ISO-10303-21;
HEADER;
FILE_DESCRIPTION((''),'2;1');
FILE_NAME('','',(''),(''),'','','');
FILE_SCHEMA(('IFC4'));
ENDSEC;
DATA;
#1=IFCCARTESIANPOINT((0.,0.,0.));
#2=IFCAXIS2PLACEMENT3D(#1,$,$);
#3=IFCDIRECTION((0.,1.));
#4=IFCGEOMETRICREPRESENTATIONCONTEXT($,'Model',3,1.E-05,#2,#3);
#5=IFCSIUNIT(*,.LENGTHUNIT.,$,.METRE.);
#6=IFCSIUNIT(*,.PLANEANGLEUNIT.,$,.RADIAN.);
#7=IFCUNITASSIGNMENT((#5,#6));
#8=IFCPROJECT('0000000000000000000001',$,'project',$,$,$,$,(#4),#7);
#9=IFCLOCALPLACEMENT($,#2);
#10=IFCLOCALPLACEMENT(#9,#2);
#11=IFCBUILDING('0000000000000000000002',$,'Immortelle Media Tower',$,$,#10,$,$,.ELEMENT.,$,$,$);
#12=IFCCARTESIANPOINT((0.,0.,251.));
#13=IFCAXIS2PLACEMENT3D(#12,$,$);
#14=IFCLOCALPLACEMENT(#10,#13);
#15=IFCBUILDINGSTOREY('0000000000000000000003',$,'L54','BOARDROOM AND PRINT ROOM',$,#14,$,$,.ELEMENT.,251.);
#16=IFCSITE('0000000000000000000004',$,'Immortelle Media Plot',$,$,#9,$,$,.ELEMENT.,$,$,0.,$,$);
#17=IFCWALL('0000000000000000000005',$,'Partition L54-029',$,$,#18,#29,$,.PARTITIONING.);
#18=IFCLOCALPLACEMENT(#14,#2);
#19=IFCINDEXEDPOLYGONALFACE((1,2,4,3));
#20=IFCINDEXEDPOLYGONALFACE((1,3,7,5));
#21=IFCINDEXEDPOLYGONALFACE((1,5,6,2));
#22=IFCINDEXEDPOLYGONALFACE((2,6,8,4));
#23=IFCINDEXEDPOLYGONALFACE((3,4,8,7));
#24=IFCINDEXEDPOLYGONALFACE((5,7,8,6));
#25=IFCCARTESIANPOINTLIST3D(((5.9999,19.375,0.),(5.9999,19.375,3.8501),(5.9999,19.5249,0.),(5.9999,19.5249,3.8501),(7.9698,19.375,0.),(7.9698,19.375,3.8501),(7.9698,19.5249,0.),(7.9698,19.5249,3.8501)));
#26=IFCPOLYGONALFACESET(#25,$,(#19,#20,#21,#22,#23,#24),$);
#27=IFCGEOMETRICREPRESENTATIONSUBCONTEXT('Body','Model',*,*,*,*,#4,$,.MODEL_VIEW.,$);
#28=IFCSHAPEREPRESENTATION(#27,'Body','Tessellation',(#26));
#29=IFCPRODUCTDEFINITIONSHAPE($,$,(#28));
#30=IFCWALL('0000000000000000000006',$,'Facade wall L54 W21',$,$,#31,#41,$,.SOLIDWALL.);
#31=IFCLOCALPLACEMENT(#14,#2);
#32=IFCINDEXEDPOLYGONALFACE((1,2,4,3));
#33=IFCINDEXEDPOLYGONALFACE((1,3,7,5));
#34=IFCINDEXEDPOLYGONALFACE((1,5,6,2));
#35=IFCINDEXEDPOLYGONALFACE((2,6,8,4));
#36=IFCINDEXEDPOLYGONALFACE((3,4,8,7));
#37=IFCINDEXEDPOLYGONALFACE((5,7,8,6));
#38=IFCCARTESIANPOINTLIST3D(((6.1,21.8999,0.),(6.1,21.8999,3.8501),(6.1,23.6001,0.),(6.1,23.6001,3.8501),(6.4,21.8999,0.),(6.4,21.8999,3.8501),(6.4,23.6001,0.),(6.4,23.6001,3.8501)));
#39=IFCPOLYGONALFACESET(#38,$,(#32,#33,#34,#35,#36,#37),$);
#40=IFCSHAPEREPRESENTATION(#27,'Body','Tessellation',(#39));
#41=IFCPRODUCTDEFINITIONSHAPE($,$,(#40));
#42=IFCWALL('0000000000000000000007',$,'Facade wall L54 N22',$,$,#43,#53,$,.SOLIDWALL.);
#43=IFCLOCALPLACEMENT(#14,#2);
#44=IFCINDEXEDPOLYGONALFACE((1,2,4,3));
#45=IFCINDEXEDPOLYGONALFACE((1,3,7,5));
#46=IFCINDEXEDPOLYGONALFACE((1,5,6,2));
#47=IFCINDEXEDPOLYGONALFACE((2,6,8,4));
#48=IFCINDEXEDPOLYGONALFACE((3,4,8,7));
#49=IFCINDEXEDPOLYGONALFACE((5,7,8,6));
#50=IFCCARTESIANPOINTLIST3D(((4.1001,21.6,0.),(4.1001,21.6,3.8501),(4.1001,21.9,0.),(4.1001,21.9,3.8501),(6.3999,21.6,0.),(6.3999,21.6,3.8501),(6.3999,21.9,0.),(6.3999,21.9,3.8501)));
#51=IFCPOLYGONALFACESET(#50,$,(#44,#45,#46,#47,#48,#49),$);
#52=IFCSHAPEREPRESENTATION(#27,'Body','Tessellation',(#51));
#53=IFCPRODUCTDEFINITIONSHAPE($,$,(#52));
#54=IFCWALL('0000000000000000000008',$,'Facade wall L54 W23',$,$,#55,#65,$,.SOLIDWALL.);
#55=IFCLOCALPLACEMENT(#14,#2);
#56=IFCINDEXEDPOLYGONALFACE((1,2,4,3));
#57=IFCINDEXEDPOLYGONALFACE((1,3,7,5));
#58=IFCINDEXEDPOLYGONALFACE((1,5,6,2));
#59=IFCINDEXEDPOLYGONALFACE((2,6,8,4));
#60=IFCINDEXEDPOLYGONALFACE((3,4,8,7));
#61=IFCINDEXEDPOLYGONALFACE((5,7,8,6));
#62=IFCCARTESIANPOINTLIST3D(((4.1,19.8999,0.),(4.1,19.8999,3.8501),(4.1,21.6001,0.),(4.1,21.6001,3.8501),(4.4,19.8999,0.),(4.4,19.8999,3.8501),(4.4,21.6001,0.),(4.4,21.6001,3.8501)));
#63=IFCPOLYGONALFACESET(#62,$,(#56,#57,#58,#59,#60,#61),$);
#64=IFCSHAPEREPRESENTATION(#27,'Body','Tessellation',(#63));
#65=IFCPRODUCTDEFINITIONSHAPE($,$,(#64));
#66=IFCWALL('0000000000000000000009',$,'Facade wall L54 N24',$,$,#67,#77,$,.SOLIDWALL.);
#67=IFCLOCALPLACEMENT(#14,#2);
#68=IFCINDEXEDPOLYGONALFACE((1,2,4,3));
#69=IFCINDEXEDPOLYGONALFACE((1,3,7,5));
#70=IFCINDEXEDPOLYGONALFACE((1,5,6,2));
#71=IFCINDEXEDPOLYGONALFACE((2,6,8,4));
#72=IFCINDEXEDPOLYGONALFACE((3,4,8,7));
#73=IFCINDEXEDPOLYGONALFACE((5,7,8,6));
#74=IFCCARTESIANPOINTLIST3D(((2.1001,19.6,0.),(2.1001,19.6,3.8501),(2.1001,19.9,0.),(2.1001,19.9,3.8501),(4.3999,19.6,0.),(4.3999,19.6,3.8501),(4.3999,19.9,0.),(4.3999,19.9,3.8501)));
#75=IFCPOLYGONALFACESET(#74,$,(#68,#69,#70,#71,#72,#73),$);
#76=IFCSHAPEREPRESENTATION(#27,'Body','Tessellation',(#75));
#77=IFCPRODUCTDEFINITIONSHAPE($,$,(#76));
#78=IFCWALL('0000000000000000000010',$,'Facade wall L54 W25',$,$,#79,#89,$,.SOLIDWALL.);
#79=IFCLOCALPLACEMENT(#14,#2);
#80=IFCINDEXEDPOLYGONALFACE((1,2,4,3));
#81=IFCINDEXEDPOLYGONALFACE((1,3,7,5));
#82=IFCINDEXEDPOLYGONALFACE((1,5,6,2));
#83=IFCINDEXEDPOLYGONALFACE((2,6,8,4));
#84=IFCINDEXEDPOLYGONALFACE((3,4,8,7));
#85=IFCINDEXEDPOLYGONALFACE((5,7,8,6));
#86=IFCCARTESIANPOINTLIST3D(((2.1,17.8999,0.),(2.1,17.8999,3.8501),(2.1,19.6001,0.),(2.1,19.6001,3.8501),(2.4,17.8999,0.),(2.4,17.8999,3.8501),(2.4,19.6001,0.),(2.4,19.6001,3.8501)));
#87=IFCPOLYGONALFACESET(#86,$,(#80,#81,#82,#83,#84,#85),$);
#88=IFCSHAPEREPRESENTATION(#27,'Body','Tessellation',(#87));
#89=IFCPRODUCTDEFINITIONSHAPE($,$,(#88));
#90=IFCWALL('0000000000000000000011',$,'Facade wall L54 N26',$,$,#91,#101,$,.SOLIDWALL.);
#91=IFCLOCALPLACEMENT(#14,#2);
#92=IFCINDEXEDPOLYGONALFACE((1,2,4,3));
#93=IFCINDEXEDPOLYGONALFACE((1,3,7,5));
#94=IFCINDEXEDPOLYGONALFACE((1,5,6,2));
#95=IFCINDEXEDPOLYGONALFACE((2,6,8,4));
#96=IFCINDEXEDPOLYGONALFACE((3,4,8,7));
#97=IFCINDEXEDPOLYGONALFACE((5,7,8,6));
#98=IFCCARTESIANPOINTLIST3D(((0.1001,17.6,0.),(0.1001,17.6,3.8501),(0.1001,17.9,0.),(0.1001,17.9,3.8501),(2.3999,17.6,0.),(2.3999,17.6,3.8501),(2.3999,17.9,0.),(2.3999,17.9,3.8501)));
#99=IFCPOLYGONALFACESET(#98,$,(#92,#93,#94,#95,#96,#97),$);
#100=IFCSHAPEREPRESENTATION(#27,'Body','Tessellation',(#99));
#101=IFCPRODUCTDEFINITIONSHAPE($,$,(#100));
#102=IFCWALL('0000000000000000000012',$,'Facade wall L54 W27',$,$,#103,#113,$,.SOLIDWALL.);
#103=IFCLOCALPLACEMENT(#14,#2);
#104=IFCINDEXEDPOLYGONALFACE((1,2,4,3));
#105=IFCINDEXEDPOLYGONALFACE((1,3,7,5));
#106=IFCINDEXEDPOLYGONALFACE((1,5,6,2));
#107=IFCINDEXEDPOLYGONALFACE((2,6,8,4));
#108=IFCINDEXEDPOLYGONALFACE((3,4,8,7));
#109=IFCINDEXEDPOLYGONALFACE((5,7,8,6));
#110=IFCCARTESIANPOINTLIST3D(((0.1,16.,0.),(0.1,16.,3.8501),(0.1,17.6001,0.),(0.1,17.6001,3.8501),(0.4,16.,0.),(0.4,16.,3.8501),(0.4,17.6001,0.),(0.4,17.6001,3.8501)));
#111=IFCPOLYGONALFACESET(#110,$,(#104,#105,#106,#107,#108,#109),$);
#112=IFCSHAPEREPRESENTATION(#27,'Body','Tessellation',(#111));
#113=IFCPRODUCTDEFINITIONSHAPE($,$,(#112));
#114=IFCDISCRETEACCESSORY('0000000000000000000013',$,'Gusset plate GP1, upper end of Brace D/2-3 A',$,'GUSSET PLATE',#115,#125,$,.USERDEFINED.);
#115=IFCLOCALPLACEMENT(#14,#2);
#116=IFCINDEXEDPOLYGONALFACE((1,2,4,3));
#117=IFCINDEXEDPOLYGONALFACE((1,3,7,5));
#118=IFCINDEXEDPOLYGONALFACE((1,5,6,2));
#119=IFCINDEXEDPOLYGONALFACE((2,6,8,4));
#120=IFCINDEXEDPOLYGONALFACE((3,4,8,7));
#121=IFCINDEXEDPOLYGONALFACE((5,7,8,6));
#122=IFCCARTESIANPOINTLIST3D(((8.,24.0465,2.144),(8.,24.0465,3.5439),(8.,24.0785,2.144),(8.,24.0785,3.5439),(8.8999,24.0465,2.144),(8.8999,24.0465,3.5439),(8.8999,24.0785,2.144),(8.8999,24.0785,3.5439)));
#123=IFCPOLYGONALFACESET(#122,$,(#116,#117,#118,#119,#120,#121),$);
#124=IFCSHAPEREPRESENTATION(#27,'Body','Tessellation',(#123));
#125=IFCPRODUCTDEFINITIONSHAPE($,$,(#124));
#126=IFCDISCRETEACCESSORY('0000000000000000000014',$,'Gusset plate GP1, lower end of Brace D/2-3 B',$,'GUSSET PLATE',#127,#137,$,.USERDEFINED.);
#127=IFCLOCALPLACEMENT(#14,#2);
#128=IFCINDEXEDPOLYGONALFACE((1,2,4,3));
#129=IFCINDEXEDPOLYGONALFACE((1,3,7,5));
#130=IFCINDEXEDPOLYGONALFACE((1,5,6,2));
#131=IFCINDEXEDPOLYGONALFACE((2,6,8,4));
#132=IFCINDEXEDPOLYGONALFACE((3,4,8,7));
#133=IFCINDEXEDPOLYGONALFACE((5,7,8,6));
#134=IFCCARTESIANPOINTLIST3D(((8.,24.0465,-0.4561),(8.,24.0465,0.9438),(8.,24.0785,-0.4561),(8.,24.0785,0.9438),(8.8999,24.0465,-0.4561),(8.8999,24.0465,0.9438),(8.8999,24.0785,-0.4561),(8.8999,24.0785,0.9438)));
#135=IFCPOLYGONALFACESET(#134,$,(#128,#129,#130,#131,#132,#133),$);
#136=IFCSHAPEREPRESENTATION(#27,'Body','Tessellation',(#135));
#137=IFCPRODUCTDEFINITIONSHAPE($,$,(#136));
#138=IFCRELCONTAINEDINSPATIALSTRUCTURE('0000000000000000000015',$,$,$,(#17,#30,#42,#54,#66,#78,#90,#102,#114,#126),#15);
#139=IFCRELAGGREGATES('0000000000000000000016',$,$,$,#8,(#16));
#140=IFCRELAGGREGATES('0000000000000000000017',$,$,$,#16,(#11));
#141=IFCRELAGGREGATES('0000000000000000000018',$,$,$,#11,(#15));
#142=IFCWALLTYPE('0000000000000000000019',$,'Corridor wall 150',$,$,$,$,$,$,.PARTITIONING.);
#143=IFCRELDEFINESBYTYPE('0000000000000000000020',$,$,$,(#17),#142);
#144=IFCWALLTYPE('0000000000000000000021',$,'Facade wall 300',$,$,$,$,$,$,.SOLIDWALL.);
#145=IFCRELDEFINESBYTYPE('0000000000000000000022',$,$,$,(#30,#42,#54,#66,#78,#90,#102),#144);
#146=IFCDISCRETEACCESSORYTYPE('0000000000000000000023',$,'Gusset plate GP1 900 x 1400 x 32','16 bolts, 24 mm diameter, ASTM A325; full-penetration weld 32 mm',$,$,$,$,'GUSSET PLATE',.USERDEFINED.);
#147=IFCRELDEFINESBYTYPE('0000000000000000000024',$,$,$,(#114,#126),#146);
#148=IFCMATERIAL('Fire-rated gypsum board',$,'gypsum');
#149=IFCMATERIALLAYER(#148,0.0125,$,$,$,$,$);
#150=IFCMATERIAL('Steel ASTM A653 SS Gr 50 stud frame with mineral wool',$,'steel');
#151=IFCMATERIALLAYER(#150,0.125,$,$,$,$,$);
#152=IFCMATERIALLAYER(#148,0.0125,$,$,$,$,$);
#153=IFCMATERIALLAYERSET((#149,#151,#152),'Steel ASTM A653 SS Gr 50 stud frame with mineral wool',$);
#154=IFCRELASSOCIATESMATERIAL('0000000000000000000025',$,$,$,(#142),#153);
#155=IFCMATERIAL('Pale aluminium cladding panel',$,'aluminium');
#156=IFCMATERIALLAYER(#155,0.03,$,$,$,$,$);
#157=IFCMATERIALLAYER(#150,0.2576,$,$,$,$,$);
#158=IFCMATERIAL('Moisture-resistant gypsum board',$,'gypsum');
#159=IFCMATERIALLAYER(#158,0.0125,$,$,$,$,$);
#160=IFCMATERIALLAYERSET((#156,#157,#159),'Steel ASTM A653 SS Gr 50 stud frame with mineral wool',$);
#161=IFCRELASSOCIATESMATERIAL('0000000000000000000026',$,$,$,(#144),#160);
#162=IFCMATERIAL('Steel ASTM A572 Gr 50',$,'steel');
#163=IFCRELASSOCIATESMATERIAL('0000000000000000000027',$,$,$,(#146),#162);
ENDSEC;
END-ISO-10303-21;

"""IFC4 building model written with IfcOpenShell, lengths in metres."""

from ifc_helpers import new_model, si_unit, direction, frame, frame_2d, origin, origin_2d, place, context, subcontext, project, spatial, rectangle, extrude, material, layer, layer_set, material_profile, profile_set, type_object, element, save


model = new_model("IFC4")

# Units and contexts
model_context = context("Model", 3, precision=1e-05, world=origin(), true_north=direction((0.0, 1.0)))
body_context = subcontext(model_context, "Body", "Model", "MODEL_VIEW")
ifc_project = project(units=[si_unit("LENGTHUNIT", "METRE"), si_unit("PLANEANGLEUNIT", "RADIAN")], contexts=[model_context])

# Site, building, storey
site_placement = place(None, origin())
site = spatial("IfcSite", under=ifc_project, at=site_placement, Name="Immortelle Media Plot", CompositionType="ELEMENT", RefElevation=0.0)
building_placement = place(site_placement, origin())
building = spatial("IfcBuilding", under=site, at=building_placement, Name="Immortelle Media Tower", CompositionType="ELEMENT")
storey_placement = place(building_placement, frame((0.0, 0.0, 251.0)))
storey = spatial("IfcBuildingStorey", under=building, at=storey_placement, Name="L54", Description="BOARDROOM AND PRINT ROOM", CompositionType="ELEMENT", Elevation=251.0)

# Walls
ifc_material_1 = material(Name="Fire-rated gypsum board", Category="gypsum")
ifc_layer_1 = layer(ifc_material_1, 0.0125)
ifc_material_2 = material(Name="Steel ASTM A653 SS Gr 50 stud frame with mineral wool", Category="steel")
ifc_layer_2 = layer(ifc_material_2, 0.125)
ifc_layer_3 = layer(ifc_material_1, 0.0125)
ifc_layer_set_1 = layer_set([ifc_layer_1, ifc_layer_2, ifc_layer_3], Name="Steel ASTM A653 SS Gr 50 stud frame with mineral wool")
wall_type_1 = type_object("IfcWallType", Name="Corridor wall 150", PredefinedType="PARTITIONING", material=ifc_layer_set_1)
wall_1_placement = place(storey_placement, frame((6.0, 19.45, 0.0), z_axis=(0.0, 0.0, 1.0), x_axis=(1.0, 0.0, 0.0)))
element("IfcWall", 1, at=wall_1_placement, inside=storey, type_object=wall_type_1, Name="Partition L54-029", PredefinedType="PARTITIONING", context=body_context, shape_type="SweptSolid", body=[
    extrude(rectangle(XDim=1.97, YDim=0.1499, at=frame_2d((0.9849, 0.0))), origin(), (0.0, 0.0, 1.0), 3.8501),
])
ifc_material_3 = material(Name="Pale aluminium cladding panel", Category="aluminium")
ifc_layer_4 = layer(ifc_material_3, 0.03)
ifc_layer_5 = layer(ifc_material_2, 0.2576)
ifc_material_4 = material(Name="Moisture-resistant gypsum board", Category="gypsum")
ifc_layer_6 = layer(ifc_material_4, 0.0125)
ifc_layer_set_2 = layer_set([ifc_layer_4, ifc_layer_5, ifc_layer_6], Name="Steel ASTM A653 SS Gr 50 stud frame with mineral wool")
wall_type_2 = type_object("IfcWallType", Name="Facade wall 300", PredefinedType="SOLIDWALL", material=ifc_layer_set_2)
wall_2_placement = place(storey_placement, frame((6.25, 23.6001, 0.0), z_axis=(0.0, 0.0, 1.0), x_axis=(0.0, -1.0, 0.0)))
element("IfcWall", 2, at=wall_2_placement, inside=storey, type_object=wall_type_2, Name="Facade wall L54 W21", PredefinedType="SOLIDWALL", context=body_context, shape_type="SweptSolid", body=[
    extrude(rectangle(XDim=1.7002, YDim=0.3, at=frame_2d((0.8501, 0.0))), origin(), (0.0, 0.0, 1.0), 3.8501),
])
wall_3_placement = place(storey_placement, frame((6.3999, 21.75, 0.0), z_axis=(0.0, 0.0, 1.0), x_axis=(-1.0, 0.0, 0.0)))
element("IfcWall", 3, at=wall_3_placement, inside=storey, type_object=wall_type_2, Name="Facade wall L54 N22", PredefinedType="SOLIDWALL", context=body_context, shape_type="SweptSolid", body=[
    extrude(rectangle(XDim=2.2998, YDim=0.3, at=frame_2d((1.1499, 0.0))), origin(), (0.0, 0.0, 1.0), 3.8501),
])
wall_4_placement = place(storey_placement, frame((4.25, 21.6001, 0.0), z_axis=(0.0, 0.0, 1.0), x_axis=(0.0, -1.0, 0.0)))
element("IfcWall", 4, at=wall_4_placement, inside=storey, type_object=wall_type_2, Name="Facade wall L54 W23", PredefinedType="SOLIDWALL", context=body_context, shape_type="SweptSolid", body=[
    extrude(rectangle(XDim=1.7002, YDim=0.3, at=frame_2d((0.8501, 0.0))), origin(), (0.0, 0.0, 1.0), 3.8501),
])
wall_5_placement = place(storey_placement, frame((4.3999, 19.75, 0.0), z_axis=(0.0, 0.0, 1.0), x_axis=(-1.0, 0.0, 0.0)))
element("IfcWall", 5, at=wall_5_placement, inside=storey, type_object=wall_type_2, Name="Facade wall L54 N24", PredefinedType="SOLIDWALL", context=body_context, shape_type="SweptSolid", body=[
    extrude(rectangle(XDim=2.2998, YDim=0.3, at=frame_2d((1.1499, 0.0))), origin(), (0.0, 0.0, 1.0), 3.8501),
])
wall_6_placement = place(storey_placement, frame((2.25, 19.6001, 0.0), z_axis=(0.0, 0.0, 1.0), x_axis=(0.0, -1.0, 0.0)))
element("IfcWall", 6, at=wall_6_placement, inside=storey, type_object=wall_type_2, Name="Facade wall L54 W25", PredefinedType="SOLIDWALL", context=body_context, shape_type="SweptSolid", body=[
    extrude(rectangle(XDim=1.7002, YDim=0.3, at=frame_2d((0.8501, 0.0))), origin(), (0.0, 0.0, 1.0), 3.8501),
])
wall_7_placement = place(storey_placement, frame((2.3999, 17.75, 0.0), z_axis=(0.0, 0.0, 1.0), x_axis=(-1.0, 0.0, 0.0)))
element("IfcWall", 7, at=wall_7_placement, inside=storey, type_object=wall_type_2, Name="Facade wall L54 N26", PredefinedType="SOLIDWALL", context=body_context, shape_type="SweptSolid", body=[
    extrude(rectangle(XDim=2.2998, YDim=0.3, at=frame_2d((1.1499, 0.0))), origin(), (0.0, 0.0, 1.0), 3.8501),
])
wall_8_placement = place(storey_placement, frame((0.25, 17.6001, 0.0), z_axis=(0.0, 0.0, 1.0), x_axis=(0.0, -1.0, 0.0)))
element("IfcWall", 8, at=wall_8_placement, inside=storey, type_object=wall_type_2, Name="Facade wall L54 W27", PredefinedType="SOLIDWALL", context=body_context, shape_type="SweptSolid", body=[
    extrude(rectangle(XDim=1.6001, YDim=0.3, at=frame_2d((0.8, 0.0))), origin(), (0.0, 0.0, 1.0), 3.8501),
])

# Discrete accessories
ifc_material_5 = material(Name="Steel ASTM A572 Gr 50", Category="steel")
ifc_material_profile_1 = material_profile(ifc_material_5, rectangle(XDim=0.032, YDim=1.3999, at=origin_2d()), Name="PL 32 x 1400")
ifc_profile_set_1 = profile_set([ifc_material_profile_1], Name="Steel ASTM A572 Gr 50")
discrete_accessory_type = type_object("IfcDiscreteAccessoryType", Name="Gusset plate GP1 900 x 1400 x 32", Description="16 bolts, 24 mm diameter, ASTM A325; full-penetration weld 32 mm", ElementType="GUSSET PLATE", PredefinedType="USERDEFINED", material=ifc_profile_set_1)
for number, where, z_axis, x_axis, name in (
    (9, (8.0, 24.0625, 2.844), (1.0, 0.0, 0.0), (0.0, 1.0, 0.0), "Gusset plate GP1, upper end of Brace D/2-3 A"),
    (10, (8.0, 24.0625, 0.2439), (1.0, 0.0, 0.0), (0.0, 1.0, 0.0), "Gusset plate GP1, lower end of Brace D/2-3 B"),
):
    element("IfcDiscreteAccessory", number, at=place(storey_placement, frame(where, z_axis=z_axis, x_axis=x_axis)), inside=storey, type_object=discrete_accessory_type, Name=name, ObjectType="GUSSET PLATE", PredefinedType="USERDEFINED", context=body_context, shape_type="SweptSolid", body=[
        extrude(rectangle(XDim=0.032, YDim=1.3999, at=origin_2d()), origin(), (0.0, 0.0, 1.0), 0.8999),
    ])

save(model, "model.ifc")
